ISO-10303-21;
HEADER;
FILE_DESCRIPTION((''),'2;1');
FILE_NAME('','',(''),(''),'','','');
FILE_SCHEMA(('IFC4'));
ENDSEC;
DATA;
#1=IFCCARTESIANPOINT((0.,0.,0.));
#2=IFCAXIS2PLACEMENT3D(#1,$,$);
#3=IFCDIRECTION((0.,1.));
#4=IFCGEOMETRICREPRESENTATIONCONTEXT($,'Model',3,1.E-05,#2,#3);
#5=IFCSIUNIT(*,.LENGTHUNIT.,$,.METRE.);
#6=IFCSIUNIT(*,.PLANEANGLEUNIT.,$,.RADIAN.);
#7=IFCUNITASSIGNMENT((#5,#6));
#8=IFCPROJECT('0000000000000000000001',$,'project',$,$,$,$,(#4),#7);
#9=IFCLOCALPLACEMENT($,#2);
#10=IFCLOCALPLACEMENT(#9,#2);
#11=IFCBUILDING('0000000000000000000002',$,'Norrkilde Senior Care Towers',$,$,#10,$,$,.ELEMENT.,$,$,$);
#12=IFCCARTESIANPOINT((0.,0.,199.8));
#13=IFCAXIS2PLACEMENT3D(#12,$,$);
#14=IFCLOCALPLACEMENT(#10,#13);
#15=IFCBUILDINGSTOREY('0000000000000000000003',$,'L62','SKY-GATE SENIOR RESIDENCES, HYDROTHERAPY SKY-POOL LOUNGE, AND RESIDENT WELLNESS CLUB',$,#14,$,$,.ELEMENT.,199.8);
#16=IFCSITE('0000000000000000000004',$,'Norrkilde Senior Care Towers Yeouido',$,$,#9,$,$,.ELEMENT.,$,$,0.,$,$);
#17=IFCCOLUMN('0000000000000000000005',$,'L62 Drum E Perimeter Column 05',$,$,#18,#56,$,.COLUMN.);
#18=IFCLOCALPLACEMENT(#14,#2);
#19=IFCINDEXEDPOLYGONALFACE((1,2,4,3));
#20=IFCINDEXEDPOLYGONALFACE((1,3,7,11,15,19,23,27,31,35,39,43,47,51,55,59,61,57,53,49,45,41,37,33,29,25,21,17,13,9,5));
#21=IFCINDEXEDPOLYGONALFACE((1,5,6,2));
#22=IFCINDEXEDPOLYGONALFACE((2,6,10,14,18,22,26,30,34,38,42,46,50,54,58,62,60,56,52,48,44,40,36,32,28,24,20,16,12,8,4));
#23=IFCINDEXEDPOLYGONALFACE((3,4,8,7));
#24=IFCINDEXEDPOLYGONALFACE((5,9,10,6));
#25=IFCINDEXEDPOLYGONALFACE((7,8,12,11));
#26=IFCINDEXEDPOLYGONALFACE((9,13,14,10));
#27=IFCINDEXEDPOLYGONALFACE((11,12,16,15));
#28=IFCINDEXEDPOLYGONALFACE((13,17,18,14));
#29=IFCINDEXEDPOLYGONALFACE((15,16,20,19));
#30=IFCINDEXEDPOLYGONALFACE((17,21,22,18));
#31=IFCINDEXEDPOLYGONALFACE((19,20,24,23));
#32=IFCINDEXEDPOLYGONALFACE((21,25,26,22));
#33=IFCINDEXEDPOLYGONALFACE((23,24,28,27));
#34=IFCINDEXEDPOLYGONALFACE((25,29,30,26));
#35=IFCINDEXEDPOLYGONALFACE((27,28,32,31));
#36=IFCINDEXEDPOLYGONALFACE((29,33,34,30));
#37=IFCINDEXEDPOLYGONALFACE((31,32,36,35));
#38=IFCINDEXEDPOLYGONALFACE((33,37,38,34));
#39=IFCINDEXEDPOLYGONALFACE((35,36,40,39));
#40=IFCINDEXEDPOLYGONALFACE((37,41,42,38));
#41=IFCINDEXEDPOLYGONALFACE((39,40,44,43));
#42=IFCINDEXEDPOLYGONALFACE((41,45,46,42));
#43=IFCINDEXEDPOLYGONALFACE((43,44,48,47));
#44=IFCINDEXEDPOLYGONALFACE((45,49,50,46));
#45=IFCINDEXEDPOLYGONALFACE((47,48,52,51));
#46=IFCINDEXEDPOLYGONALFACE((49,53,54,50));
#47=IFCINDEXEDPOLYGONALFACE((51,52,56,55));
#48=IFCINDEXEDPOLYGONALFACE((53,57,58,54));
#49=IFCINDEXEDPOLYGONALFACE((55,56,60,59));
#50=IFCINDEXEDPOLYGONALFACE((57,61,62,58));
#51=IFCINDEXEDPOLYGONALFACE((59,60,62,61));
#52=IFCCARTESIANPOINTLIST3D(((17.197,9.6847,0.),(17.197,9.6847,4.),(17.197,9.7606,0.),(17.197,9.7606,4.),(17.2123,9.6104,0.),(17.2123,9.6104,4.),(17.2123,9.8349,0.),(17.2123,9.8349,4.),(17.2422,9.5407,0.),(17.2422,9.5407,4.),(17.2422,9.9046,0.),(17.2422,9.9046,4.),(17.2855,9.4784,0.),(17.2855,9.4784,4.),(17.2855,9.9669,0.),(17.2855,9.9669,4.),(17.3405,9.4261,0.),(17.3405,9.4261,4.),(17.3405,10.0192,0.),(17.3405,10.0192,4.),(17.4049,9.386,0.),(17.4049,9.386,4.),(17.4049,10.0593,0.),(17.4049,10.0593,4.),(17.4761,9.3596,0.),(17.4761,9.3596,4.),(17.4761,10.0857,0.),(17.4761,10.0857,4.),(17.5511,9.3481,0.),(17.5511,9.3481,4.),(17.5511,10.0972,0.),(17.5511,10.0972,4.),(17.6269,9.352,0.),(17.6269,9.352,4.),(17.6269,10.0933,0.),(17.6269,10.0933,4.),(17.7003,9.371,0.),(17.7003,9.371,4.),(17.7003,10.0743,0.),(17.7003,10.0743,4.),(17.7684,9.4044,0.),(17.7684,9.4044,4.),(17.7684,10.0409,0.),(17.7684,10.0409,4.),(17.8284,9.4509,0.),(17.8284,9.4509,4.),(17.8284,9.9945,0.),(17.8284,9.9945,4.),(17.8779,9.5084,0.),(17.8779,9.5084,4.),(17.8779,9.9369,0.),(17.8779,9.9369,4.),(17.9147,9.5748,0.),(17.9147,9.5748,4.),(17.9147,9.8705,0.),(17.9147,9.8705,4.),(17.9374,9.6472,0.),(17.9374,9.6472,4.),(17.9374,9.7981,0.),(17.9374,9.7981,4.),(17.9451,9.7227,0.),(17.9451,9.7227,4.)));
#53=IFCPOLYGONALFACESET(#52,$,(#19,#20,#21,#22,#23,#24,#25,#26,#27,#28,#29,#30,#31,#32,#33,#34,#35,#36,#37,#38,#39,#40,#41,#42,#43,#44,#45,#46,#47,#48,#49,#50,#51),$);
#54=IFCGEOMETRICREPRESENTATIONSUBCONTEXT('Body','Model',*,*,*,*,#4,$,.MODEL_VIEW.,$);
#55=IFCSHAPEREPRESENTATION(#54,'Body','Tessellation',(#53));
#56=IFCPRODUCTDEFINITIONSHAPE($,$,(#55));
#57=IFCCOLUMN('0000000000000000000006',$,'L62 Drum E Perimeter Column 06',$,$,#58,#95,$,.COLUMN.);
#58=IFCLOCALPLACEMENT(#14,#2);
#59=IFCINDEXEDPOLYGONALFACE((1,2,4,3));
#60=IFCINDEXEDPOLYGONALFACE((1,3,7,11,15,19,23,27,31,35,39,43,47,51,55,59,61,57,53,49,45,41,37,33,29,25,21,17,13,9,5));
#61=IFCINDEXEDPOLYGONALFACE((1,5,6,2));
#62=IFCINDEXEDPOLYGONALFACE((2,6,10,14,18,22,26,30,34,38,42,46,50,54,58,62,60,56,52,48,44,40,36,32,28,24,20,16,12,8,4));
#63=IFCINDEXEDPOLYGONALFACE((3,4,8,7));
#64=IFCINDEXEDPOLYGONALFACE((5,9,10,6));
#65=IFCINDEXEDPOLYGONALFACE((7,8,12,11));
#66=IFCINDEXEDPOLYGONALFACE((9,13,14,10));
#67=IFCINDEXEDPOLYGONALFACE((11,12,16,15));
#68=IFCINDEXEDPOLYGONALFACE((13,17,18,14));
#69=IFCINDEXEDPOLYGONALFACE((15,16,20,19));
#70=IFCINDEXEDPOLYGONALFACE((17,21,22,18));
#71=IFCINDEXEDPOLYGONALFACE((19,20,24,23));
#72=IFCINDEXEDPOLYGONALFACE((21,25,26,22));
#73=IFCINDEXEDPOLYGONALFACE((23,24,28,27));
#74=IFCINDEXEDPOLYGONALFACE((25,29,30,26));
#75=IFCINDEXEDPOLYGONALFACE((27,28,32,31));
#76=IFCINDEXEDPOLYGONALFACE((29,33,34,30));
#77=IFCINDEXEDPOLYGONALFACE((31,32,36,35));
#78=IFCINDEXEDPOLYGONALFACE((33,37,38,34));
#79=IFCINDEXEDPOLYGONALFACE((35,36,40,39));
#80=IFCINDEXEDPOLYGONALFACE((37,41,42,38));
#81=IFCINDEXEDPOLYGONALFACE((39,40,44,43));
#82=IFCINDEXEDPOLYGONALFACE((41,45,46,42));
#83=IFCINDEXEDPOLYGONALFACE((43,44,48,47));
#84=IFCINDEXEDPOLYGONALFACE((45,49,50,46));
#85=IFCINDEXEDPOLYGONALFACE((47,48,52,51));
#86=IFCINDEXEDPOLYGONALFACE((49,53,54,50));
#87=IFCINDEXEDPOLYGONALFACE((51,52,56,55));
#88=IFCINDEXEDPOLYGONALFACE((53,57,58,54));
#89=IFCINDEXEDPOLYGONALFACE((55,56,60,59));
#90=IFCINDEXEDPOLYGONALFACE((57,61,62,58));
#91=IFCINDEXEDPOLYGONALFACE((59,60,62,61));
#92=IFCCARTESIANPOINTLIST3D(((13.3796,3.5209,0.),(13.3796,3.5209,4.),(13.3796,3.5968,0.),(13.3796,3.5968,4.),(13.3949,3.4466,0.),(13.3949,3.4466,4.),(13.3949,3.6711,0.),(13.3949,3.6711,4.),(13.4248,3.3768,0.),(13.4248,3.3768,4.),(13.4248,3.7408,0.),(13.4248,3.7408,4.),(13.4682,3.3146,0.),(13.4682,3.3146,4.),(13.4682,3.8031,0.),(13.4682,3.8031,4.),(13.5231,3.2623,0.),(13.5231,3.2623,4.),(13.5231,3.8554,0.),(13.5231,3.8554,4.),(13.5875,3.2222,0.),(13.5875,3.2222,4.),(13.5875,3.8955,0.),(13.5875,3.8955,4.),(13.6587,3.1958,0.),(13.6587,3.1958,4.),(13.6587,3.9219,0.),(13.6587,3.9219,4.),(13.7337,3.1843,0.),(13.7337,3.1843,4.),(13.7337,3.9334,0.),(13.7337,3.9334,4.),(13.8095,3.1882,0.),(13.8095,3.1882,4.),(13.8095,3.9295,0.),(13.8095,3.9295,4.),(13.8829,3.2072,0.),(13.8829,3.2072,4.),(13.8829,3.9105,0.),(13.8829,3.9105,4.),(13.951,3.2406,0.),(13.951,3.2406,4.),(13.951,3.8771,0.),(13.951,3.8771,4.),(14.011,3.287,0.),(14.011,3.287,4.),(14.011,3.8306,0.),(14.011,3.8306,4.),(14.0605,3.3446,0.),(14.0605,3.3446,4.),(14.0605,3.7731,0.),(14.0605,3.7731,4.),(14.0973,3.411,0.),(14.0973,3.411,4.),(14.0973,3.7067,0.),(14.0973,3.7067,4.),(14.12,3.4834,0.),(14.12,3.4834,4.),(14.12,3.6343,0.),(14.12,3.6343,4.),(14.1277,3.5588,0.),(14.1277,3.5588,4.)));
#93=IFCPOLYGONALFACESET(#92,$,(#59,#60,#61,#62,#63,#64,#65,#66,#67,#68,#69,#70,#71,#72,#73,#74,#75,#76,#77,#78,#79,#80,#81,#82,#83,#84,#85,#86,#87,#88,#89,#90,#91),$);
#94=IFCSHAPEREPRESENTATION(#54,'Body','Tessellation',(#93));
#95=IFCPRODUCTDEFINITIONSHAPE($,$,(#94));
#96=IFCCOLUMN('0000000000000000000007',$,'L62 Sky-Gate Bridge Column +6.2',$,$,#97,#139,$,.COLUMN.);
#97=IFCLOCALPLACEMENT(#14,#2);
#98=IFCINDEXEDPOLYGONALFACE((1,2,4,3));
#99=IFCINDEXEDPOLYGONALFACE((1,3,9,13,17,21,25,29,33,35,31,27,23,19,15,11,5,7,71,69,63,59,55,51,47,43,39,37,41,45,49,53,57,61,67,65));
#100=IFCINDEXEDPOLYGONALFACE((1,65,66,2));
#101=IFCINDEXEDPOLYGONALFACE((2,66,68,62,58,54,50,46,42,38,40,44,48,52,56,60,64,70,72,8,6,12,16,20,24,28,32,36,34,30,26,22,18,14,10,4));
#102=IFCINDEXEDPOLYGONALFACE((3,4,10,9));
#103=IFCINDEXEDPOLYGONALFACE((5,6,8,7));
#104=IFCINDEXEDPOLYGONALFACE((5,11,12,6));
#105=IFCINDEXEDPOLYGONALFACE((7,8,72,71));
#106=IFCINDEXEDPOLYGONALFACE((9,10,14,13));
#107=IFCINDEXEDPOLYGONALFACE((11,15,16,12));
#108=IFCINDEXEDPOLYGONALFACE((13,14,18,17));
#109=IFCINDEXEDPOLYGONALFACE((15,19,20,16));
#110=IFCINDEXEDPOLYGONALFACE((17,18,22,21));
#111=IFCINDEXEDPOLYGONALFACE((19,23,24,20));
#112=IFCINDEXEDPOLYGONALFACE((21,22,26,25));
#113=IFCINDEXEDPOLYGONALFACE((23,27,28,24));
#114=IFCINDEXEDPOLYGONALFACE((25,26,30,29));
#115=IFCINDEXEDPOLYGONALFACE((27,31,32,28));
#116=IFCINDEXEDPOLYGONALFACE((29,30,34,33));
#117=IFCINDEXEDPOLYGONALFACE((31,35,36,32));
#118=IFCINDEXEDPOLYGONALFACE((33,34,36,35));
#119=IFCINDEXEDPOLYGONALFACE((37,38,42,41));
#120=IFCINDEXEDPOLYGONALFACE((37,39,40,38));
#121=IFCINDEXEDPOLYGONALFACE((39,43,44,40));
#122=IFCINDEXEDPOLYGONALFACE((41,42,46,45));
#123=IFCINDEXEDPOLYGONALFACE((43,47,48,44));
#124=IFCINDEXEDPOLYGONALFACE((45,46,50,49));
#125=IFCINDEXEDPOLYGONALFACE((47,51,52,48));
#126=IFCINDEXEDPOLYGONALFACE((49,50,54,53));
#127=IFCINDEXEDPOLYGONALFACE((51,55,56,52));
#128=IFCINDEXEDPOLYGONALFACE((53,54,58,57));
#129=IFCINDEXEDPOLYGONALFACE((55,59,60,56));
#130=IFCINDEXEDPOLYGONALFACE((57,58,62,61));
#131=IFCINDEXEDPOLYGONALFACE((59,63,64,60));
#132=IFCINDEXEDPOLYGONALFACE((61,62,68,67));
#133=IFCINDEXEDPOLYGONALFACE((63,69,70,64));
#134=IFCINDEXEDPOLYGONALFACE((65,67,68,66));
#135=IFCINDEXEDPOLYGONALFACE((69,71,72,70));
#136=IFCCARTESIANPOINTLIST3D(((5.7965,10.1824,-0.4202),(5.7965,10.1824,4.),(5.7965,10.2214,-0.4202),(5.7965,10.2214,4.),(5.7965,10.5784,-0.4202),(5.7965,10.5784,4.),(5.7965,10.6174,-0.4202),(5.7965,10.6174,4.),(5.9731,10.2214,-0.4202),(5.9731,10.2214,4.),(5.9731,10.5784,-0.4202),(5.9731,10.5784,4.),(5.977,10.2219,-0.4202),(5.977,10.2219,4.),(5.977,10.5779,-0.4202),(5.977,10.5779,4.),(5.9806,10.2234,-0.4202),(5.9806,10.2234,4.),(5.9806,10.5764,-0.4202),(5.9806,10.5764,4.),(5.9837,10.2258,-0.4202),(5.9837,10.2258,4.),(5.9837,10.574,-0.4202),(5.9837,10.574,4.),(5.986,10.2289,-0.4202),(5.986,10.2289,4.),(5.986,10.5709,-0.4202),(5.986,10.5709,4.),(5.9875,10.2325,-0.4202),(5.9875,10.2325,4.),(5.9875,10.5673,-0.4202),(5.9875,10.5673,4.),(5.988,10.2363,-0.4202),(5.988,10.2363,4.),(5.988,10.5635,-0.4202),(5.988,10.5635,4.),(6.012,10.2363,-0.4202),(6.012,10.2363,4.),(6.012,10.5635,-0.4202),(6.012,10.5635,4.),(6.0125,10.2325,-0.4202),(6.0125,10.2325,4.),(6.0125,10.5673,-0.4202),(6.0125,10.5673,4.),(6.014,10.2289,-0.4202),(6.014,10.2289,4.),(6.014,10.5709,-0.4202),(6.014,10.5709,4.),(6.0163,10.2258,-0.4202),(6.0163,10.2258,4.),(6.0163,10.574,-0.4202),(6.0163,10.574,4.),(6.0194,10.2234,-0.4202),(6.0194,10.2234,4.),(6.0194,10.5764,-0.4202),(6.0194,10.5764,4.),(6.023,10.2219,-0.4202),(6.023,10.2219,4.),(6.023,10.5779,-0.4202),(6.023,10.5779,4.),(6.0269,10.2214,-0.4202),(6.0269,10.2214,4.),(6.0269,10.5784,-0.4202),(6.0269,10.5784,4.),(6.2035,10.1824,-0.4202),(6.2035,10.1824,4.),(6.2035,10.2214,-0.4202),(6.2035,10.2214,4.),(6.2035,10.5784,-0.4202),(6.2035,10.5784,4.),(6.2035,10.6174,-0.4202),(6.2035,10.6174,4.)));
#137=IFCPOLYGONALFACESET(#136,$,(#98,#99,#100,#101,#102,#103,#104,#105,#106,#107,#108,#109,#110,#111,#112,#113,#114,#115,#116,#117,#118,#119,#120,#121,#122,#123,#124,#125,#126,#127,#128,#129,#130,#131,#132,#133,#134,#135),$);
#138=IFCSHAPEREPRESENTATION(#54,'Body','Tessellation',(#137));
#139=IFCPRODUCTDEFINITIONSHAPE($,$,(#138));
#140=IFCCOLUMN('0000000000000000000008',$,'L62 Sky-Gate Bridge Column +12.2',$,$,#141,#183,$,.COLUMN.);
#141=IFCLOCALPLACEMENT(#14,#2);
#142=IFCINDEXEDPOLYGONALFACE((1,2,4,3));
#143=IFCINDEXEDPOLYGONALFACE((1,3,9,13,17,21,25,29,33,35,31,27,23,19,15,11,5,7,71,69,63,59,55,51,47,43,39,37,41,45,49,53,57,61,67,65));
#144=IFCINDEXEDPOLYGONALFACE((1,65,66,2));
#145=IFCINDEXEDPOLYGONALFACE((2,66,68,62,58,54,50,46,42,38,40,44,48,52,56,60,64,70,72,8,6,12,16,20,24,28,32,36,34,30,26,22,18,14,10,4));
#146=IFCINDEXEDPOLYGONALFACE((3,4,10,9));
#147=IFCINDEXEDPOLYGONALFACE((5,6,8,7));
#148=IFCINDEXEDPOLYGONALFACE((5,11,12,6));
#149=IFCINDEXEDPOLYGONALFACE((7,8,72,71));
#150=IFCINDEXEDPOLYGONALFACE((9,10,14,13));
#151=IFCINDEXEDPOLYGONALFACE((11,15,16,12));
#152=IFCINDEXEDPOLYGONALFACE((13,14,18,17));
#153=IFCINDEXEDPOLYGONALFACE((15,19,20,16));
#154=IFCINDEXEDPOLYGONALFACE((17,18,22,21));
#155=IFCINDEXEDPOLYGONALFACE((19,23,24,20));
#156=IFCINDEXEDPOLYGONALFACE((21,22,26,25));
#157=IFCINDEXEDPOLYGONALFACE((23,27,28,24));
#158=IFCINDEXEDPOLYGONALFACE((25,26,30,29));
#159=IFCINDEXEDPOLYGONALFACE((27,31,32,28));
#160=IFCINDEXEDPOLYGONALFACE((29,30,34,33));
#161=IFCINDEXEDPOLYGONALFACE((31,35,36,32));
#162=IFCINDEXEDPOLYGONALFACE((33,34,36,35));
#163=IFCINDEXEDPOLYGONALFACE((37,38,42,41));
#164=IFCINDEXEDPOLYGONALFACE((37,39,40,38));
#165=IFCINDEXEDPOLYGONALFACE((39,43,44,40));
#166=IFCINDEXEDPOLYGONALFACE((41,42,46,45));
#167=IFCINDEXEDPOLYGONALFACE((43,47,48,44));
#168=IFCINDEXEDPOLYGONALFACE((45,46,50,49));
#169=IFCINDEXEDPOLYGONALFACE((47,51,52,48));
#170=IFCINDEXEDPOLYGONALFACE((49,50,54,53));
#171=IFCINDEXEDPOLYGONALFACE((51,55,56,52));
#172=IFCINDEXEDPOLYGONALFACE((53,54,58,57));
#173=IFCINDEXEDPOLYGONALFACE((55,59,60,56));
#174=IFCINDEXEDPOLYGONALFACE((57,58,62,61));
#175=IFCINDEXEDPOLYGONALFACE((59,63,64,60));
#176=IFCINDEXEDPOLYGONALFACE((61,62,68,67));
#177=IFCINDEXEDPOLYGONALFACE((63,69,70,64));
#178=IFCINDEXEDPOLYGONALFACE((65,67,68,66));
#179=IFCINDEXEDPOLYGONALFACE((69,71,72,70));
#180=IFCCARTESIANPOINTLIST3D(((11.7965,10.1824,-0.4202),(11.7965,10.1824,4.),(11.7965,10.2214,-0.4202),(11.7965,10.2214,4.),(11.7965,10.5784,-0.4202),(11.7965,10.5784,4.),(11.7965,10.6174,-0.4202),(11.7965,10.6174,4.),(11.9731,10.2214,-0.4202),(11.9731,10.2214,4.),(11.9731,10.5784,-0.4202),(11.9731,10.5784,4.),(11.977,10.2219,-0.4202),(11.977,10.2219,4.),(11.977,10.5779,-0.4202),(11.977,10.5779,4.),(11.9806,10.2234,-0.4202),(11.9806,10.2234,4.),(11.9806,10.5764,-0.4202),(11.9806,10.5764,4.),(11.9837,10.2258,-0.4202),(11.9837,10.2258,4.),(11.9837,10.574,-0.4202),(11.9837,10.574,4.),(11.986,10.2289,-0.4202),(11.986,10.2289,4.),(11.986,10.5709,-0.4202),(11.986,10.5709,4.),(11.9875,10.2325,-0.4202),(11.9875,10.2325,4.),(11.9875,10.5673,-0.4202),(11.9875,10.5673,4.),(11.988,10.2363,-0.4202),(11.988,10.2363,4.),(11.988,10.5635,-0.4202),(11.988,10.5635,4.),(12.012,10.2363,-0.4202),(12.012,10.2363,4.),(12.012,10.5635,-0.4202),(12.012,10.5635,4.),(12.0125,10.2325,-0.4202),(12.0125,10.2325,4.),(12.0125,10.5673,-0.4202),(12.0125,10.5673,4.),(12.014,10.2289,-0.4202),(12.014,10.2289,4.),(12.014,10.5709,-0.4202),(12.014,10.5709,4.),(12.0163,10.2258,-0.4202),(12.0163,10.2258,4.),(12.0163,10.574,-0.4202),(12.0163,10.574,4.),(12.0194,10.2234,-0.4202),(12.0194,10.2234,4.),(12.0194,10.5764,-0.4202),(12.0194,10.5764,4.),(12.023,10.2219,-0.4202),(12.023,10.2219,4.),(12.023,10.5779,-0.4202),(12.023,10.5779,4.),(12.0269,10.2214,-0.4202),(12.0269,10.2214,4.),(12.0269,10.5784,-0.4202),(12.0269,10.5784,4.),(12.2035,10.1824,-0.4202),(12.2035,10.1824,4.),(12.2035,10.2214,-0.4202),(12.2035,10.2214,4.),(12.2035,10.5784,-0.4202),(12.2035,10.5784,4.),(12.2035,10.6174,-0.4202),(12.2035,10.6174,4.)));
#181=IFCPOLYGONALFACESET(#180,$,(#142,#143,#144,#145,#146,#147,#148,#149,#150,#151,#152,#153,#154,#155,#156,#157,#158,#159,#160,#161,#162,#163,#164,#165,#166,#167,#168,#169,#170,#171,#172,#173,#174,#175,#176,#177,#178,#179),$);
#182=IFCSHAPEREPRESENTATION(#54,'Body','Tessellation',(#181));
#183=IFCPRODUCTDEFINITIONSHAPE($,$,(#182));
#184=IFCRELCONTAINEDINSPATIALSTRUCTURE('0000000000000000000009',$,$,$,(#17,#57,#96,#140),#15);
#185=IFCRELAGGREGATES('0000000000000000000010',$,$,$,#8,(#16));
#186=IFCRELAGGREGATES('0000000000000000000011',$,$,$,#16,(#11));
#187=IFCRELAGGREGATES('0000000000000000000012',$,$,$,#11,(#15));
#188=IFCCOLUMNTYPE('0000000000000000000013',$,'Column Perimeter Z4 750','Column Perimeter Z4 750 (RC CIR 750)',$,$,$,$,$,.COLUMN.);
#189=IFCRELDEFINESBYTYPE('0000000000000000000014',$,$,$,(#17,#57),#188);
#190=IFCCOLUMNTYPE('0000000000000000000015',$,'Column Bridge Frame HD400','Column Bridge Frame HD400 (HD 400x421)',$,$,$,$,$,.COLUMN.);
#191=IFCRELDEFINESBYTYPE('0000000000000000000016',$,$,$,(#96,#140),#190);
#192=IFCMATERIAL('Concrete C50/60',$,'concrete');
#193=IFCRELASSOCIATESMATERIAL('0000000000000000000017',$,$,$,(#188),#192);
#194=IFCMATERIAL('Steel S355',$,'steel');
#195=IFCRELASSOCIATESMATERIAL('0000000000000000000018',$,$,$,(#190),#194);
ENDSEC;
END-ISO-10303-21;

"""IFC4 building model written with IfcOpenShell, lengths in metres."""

from ifc_helpers import new_model, si_unit, direction, frame, origin, origin_2d, place, context, subcontext, project, spatial, circle, i_section, extrude, source, transform, mapped, material, material_profile, profile_set, type_object, type_shapes, element, save


model = new_model("IFC4")

# Units and contexts
model_context = context("Model", 3, precision=1e-05, world=origin(), true_north=direction((0.0, 1.0)))
body_context = subcontext(model_context, "Body", "Model", "MODEL_VIEW")
ifc_project = project(units=[si_unit("LENGTHUNIT", "METRE"), si_unit("PLANEANGLEUNIT", "RADIAN")], contexts=[model_context])

# Site, building, storey
site_placement = place(None, origin())
site = spatial("IfcSite", under=ifc_project, at=site_placement, Name="Norrkilde Senior Care Towers Yeouido", CompositionType="ELEMENT", RefElevation=0.0)
building_placement = place(site_placement, origin())
building = spatial("IfcBuilding", under=site, at=building_placement, Name="Norrkilde Senior Care Towers", CompositionType="ELEMENT")
storey_placement = place(building_placement, frame((0.0, 0.0, 199.8)))
storey = spatial("IfcBuildingStorey", under=building, at=storey_placement, Name="L62", Description="SKY-GATE SENIOR RESIDENCES, HYDROTHERAPY SKY-POOL LOUNGE, AND RESIDENT WELLNESS CLUB", CompositionType="ELEMENT", Elevation=199.8)

# Columns
ifc_material_1 = material(Name="Concrete C50/60", Category="concrete")
ifc_material_profile_1 = material_profile(ifc_material_1, circle(Radius=0.375, at=origin_2d()), Name="RC CIR 750")
ifc_profile_set_1 = profile_set([ifc_material_profile_1], Name="Concrete C50/60")
column_type_1 = type_object("IfcColumnType", Name="Column Perimeter Z4 750", Description="Column Perimeter Z4 750 (RC CIR 750)", PredefinedType="COLUMN", material=ifc_profile_set_1)
shared_shape_1 = source(origin(), body_context, "Body", "SweptSolid", [
    extrude(circle(Radius=0.375, at=origin_2d()), origin(), (0.0, 0.0, 1.0), 4.0),
])
type_shapes(column_type_1, [shared_shape_1])
for number, where, z_axis, x_axis, name in (
    (1, (17.5701, 9.7227, 0.0), (0.0, 0.0, 1.0), (1.0, 0.0, 0.0), "L62 Drum E Perimeter Column 05"),
    (2, (13.7527, 3.5588, 0.0), (0.0, 0.0, 1.0), (1.0, 0.0, 0.0), "L62 Drum E Perimeter Column 06"),
):
    element("IfcColumn", number, at=place(storey_placement, frame(where, z_axis=z_axis, x_axis=x_axis)), inside=storey, type_object=column_type_1, Name=name, PredefinedType="COLUMN", context=body_context, shape_type="MappedRepresentation", body=[
        mapped(shared_shape_1, transform((0.0, 0.0, 0.0), x_axis=(1.0, 0.0, 0.0), y_axis=(0.0, 1.0, 0.0), z_axis=(0.0, 0.0, 1.0), scale=1.0)),
    ])
ifc_material_2 = material(Name="Steel S355", Category="steel")
ifc_material_profile_2 = material_profile(ifc_material_2, i_section(OverallWidth=0.407, OverallDepth=0.4351, WebThickness=0.0239, FlangeThickness=0.0391, FilletRadius=0.0149, at=origin_2d()), Name="HD 400x421")
ifc_profile_set_2 = profile_set([ifc_material_profile_2], Name="Steel S355")
column_type_2 = type_object("IfcColumnType", Name="Column Bridge Frame HD400", Description="Column Bridge Frame HD400 (HD 400x421)", PredefinedType="COLUMN", material=ifc_profile_set_2)
shared_shape_2 = source(origin(), body_context, "Body", "SweptSolid", [
    extrude(i_section(OverallWidth=0.407, OverallDepth=0.4351, WebThickness=0.0239, FlangeThickness=0.0391, FilletRadius=0.0149, at=origin_2d()), origin(), (0.0, 0.0, 1.0), 4.4202),
])
type_shapes(column_type_2, [shared_shape_2])
for number, where, z_axis, x_axis, name in (
    (3, (6.0, 10.3999, -0.4202), (0.0, 0.0, 1.0), (1.0, 0.0, 0.0), "L62 Sky-Gate Bridge Column +6.2"),
    (4, (12.0, 10.3999, -0.4202), (0.0, 0.0, 1.0), (1.0, 0.0, 0.0), "L62 Sky-Gate Bridge Column +12.2"),
):
    element("IfcColumn", number, at=place(storey_placement, frame(where, z_axis=z_axis, x_axis=x_axis)), inside=storey, type_object=column_type_2, Name=name, PredefinedType="COLUMN", context=body_context, shape_type="MappedRepresentation", body=[
        mapped(shared_shape_2, transform((0.0, 0.0, 0.0), x_axis=(1.0, 0.0, 0.0), y_axis=(0.0, 1.0, 0.0), z_axis=(0.0, 0.0, 1.0), scale=1.0)),
    ])

save(model, "model.ifc")
